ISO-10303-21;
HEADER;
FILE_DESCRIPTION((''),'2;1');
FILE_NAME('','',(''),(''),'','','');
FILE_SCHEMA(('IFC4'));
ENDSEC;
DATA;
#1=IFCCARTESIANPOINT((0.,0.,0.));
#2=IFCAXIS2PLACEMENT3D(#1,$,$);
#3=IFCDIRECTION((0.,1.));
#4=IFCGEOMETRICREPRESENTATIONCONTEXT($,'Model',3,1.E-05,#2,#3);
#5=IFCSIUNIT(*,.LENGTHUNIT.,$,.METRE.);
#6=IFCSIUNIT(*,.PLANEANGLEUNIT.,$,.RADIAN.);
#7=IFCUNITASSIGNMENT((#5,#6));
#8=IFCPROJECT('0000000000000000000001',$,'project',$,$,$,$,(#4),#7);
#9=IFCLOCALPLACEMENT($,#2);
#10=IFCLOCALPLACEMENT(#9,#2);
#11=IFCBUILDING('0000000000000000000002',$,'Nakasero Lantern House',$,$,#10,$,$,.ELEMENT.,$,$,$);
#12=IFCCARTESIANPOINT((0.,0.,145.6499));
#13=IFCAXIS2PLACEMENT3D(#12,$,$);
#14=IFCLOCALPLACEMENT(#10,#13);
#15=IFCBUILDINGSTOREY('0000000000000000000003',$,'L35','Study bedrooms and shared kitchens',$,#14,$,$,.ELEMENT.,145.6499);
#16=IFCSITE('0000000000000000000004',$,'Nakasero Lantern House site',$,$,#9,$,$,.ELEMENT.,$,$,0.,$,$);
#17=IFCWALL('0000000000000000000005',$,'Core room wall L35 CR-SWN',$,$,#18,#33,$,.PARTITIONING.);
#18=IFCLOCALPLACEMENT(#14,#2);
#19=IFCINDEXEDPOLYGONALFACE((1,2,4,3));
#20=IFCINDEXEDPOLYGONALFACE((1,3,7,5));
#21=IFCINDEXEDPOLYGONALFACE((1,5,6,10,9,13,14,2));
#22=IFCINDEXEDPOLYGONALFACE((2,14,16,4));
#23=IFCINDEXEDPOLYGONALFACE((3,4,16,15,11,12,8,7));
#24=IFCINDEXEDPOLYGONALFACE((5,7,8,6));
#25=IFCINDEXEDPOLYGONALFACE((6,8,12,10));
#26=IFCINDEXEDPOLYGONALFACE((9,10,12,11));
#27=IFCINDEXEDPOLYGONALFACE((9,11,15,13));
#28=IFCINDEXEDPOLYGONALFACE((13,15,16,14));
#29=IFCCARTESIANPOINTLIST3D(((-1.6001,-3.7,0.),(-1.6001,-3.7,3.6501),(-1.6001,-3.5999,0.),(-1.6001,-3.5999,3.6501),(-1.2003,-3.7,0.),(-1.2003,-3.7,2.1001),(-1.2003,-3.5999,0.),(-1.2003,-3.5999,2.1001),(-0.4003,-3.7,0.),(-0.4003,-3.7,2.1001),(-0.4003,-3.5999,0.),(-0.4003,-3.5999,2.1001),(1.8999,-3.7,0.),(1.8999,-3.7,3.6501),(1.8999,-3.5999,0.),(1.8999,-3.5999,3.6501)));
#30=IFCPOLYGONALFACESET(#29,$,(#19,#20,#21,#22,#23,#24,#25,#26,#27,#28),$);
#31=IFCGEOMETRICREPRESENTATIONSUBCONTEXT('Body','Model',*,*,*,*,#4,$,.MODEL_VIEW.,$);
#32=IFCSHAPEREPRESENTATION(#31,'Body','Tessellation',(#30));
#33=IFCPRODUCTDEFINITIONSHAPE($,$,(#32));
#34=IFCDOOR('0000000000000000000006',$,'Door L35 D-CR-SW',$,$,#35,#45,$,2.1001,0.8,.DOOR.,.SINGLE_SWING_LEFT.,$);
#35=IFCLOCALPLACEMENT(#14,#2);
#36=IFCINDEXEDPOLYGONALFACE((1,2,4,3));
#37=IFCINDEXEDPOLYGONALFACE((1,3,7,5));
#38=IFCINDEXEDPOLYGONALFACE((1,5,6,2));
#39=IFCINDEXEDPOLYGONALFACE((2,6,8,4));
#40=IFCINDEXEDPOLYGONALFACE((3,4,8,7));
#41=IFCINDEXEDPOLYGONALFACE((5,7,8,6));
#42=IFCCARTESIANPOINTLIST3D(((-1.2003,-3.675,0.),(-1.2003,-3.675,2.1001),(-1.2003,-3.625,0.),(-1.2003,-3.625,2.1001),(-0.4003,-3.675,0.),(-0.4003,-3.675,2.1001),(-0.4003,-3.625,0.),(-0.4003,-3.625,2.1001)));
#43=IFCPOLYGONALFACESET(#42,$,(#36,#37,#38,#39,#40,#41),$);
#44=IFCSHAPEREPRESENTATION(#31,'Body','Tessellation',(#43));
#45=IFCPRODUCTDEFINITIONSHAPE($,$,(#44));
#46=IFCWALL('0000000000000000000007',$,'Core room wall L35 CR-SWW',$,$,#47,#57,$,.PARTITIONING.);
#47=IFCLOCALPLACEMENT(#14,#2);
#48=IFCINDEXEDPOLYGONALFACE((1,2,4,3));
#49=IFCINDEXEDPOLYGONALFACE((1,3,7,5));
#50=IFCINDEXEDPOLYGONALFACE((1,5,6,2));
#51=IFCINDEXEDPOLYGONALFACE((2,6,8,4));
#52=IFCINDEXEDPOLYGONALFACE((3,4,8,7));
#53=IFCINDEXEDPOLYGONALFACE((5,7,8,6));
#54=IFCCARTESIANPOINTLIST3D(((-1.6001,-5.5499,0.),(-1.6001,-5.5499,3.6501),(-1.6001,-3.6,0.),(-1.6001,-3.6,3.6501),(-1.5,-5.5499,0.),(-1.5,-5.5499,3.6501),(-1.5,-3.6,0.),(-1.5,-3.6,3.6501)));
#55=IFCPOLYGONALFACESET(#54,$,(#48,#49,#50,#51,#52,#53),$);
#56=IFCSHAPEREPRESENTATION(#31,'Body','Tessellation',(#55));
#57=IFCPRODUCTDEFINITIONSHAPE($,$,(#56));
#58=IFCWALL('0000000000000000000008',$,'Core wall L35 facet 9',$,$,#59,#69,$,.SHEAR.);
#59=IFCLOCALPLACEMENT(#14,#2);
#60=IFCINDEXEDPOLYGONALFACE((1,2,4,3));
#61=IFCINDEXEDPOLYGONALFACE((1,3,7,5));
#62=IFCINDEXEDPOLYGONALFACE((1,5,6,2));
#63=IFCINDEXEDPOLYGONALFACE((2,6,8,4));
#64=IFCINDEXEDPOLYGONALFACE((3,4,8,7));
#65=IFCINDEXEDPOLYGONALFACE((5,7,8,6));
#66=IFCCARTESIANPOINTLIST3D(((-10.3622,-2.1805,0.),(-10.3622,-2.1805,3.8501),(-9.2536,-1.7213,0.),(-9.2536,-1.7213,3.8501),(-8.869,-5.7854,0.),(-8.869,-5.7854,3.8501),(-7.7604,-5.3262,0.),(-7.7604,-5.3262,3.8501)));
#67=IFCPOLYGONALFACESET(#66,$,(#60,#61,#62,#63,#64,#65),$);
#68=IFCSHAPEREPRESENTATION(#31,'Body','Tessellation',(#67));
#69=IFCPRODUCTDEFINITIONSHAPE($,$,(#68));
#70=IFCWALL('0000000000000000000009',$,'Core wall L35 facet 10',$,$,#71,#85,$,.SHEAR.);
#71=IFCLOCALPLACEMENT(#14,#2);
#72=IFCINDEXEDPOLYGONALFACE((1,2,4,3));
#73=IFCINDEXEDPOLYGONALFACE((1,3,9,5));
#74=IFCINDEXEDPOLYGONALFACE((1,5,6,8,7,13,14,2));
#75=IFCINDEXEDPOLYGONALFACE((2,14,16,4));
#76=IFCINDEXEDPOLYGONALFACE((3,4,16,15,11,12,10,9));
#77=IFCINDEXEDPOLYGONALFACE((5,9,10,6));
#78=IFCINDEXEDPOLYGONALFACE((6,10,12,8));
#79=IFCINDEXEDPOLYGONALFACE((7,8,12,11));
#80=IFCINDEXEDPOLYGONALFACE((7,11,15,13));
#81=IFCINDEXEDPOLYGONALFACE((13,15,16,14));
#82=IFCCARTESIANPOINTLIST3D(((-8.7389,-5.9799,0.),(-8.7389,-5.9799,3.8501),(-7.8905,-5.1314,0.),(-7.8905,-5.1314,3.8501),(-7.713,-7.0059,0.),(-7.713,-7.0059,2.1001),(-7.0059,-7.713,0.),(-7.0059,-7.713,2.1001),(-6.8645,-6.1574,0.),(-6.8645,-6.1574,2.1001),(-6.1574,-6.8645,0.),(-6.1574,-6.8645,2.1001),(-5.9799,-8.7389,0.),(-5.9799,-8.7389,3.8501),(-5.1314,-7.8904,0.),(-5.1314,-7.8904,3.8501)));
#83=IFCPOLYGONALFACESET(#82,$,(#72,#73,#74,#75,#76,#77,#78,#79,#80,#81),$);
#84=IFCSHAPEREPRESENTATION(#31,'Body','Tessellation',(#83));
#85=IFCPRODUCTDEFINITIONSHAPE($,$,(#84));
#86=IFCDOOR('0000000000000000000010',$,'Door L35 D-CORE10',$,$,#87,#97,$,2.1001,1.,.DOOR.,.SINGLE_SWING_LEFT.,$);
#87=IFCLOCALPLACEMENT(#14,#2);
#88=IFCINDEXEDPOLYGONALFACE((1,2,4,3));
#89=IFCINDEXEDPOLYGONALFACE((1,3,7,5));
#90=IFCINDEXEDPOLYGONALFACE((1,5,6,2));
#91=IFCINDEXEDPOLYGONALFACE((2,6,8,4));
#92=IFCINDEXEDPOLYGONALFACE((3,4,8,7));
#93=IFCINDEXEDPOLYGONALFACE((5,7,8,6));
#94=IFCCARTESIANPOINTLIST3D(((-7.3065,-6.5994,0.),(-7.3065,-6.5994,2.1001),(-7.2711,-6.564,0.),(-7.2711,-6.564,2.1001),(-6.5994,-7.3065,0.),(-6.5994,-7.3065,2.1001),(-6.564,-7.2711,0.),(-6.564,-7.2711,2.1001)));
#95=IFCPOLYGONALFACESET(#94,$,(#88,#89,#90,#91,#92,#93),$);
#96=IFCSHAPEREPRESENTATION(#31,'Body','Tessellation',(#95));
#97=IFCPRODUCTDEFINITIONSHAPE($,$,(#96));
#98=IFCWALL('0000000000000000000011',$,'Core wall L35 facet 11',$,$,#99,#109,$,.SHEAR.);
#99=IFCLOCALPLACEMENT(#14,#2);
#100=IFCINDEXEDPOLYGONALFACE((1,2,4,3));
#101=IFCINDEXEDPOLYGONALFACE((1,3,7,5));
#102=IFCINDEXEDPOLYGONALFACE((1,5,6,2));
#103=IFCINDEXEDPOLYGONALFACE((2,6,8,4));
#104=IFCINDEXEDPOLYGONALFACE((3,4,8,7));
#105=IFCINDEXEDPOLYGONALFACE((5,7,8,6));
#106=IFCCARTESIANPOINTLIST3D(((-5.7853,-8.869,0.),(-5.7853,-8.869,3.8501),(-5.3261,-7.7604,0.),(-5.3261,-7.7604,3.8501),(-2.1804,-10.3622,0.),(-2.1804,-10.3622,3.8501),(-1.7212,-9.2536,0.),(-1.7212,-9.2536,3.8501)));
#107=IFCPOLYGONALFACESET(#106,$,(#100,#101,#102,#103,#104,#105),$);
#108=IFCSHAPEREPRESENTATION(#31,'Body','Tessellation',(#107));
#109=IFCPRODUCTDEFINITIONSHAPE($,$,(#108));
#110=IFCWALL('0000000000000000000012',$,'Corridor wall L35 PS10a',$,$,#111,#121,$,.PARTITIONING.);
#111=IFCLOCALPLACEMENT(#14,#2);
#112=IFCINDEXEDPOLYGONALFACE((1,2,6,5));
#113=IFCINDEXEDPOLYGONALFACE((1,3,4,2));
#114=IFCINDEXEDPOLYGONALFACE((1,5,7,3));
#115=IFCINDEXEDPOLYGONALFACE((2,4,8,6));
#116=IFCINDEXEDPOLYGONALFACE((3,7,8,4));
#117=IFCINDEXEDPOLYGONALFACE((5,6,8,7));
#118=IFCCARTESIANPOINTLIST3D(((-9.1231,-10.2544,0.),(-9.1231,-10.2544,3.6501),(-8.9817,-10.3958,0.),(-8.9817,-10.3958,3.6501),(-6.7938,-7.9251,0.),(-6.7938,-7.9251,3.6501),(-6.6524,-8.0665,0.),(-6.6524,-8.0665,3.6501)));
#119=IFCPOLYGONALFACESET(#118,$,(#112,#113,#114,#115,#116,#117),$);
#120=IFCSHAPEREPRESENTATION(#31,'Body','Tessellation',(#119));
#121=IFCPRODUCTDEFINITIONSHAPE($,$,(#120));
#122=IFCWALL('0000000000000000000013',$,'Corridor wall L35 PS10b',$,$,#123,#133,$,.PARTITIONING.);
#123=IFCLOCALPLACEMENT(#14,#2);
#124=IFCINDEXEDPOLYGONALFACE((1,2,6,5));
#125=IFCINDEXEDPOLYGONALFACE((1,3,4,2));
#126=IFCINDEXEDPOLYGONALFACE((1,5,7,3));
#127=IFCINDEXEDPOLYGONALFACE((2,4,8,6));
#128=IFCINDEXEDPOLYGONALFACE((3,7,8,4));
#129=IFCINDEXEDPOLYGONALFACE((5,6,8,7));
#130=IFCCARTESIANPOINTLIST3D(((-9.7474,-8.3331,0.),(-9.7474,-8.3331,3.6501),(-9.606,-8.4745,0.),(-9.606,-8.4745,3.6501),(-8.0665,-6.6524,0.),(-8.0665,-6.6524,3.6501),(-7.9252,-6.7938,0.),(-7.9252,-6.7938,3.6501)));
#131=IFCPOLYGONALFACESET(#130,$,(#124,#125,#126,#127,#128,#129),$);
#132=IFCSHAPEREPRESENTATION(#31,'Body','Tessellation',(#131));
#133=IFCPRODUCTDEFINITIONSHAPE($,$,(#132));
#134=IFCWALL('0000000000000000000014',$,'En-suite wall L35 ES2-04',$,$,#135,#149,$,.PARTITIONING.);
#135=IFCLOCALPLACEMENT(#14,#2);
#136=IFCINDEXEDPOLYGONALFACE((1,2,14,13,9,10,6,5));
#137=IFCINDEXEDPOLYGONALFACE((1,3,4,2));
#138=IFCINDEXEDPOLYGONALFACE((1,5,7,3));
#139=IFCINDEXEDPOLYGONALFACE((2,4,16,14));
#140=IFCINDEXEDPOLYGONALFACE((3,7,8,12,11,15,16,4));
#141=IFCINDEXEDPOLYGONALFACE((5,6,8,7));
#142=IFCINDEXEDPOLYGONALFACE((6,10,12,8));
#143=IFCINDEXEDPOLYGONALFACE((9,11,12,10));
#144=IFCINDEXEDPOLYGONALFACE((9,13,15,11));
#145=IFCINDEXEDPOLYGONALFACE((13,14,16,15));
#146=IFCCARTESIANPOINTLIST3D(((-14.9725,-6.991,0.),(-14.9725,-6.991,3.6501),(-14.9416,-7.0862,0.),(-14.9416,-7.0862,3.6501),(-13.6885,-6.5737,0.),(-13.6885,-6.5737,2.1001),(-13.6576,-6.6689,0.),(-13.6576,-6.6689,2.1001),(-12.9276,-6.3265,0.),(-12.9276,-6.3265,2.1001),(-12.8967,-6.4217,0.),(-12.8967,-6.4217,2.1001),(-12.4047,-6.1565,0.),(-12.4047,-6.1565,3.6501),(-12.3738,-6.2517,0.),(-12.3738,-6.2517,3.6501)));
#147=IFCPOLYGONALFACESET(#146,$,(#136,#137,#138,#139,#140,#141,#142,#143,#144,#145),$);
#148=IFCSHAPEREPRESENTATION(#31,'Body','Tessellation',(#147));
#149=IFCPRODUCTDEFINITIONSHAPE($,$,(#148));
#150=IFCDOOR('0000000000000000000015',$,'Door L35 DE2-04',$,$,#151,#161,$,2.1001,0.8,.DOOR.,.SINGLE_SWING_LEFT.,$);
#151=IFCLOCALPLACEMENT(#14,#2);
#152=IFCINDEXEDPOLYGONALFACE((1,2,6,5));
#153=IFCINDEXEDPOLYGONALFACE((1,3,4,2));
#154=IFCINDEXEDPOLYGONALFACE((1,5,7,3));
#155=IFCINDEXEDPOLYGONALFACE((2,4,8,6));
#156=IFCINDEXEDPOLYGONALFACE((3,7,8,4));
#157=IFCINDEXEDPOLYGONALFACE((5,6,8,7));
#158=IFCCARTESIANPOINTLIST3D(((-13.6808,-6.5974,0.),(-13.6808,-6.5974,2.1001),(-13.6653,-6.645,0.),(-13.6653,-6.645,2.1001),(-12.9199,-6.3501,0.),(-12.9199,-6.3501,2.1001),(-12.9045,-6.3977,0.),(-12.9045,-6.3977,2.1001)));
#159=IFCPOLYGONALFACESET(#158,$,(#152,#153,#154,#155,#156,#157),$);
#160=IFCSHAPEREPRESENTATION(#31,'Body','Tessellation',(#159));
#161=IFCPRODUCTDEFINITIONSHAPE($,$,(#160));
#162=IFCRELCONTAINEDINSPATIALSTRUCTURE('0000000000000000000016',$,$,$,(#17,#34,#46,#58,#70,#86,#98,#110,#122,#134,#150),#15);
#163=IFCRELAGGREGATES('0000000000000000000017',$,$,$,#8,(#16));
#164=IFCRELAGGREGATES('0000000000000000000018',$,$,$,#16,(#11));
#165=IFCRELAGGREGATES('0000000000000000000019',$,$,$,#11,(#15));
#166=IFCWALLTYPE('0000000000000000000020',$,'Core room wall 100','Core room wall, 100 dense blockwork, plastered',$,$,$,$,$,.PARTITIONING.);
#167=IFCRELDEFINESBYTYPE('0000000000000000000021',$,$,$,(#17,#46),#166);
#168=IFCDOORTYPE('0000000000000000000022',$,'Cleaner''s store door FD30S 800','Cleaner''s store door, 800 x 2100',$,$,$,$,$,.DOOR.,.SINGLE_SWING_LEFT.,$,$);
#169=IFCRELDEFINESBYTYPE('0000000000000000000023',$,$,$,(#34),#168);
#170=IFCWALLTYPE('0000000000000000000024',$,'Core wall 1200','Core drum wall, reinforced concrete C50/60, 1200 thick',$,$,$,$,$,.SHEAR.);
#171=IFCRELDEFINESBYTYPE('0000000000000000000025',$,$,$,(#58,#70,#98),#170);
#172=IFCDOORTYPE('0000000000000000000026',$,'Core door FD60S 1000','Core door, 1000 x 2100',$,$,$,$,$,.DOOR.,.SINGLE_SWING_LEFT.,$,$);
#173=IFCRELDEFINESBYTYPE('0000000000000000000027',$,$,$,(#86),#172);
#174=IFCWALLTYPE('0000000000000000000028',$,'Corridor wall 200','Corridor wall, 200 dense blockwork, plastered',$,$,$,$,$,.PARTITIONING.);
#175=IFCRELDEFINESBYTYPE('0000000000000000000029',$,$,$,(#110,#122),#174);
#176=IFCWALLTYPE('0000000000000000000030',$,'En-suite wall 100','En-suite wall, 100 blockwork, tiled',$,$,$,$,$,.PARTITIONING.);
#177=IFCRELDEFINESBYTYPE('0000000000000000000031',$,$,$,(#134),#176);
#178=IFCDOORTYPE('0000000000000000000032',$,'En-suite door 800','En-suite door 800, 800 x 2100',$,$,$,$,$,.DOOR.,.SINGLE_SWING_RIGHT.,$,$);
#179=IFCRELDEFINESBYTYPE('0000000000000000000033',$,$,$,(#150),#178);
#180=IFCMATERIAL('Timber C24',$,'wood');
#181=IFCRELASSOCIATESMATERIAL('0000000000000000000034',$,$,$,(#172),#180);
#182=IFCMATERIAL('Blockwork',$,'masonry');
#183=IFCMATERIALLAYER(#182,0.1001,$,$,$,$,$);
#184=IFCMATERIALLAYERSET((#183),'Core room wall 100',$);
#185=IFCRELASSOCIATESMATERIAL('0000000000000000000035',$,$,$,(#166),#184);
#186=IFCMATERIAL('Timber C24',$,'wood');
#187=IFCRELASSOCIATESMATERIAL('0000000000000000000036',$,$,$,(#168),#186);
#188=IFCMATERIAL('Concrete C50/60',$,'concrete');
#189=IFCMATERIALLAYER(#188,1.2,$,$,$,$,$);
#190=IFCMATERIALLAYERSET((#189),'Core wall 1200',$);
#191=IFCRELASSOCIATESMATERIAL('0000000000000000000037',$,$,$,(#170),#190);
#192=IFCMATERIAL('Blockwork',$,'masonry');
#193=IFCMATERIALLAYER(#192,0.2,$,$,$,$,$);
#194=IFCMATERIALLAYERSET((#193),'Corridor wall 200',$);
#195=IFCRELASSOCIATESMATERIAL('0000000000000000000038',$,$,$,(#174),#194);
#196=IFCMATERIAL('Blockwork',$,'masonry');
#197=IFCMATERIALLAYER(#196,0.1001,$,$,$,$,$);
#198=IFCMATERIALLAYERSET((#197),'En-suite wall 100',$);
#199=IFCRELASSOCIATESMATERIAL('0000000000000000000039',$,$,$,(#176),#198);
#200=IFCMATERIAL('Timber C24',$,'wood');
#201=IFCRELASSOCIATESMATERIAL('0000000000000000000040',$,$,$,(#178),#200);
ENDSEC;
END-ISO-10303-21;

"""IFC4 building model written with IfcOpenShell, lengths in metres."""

from ifc_helpers import new_model, si_unit, direction, frame, frame_2d, origin, place, context, subcontext, project, spatial, rectangle, extrude, material, layer, layer_set, type_object, element, fill, save


model = new_model("IFC4")

# Units and contexts
model_context = context("Model", 3, precision=1e-05, world=origin(), true_north=direction((0.0, 1.0)))
body_context = subcontext(model_context, "Body", "Model", "MODEL_VIEW")
ifc_project = project(units=[si_unit("LENGTHUNIT", "METRE"), si_unit("PLANEANGLEUNIT", "RADIAN")], contexts=[model_context])

# Site, building, storey
site_placement = place(None, origin())
site = spatial("IfcSite", under=ifc_project, at=site_placement, Name="Nakasero Lantern House site", CompositionType="ELEMENT", RefElevation=0.0)
building_placement = place(site_placement, origin())
building = spatial("IfcBuilding", under=site, at=building_placement, Name="Nakasero Lantern House", CompositionType="ELEMENT")
storey_placement = place(building_placement, frame((0.0, 0.0, 145.6499)))
storey = spatial("IfcBuildingStorey", under=building, at=storey_placement, Name="L35", Description="Study bedrooms and shared kitchens", CompositionType="ELEMENT", Elevation=145.6499)

# Shared definitions
ifc_material_1 = material(Name="Timber C24", Category="wood")
door_type_1 = type_object("IfcDoorType", Name="Core door FD60S 1000", Description="Core door, 1000 x 2100", OperationType="SINGLE_SWING_LEFT", PredefinedType="DOOR", material=ifc_material_1)

# Wall, opening, door
ifc_material_2 = material(Name="Blockwork", Category="masonry")
ifc_layer_1 = layer(ifc_material_2, 0.1001)
ifc_layer_set_1 = layer_set([ifc_layer_1], Name="Core room wall 100")
wall_type_1 = type_object("IfcWallType", Name="Core room wall 100", Description="Core room wall, 100 dense blockwork, plastered", PredefinedType="PARTITIONING", material=ifc_layer_set_1)
wall_1_placement = place(storey_placement, frame((-1.6001, -3.6499, 0.0), z_axis=(0.0, 0.0, 1.0), x_axis=(1.0, 0.0, 0.0)))
wall_1 = element("IfcWall", 1, at=wall_1_placement, inside=storey, type_object=wall_type_1, Name="Core room wall L35 CR-SWN", PredefinedType="PARTITIONING", context=body_context, shape_type="SweptSolid", body=[
    extrude(rectangle(XDim=3.5, YDim=0.1001, at=frame_2d((1.75, 0.0))), origin(), (0.0, 0.0, 1.0), 3.6501),
])
opening_1_placement = place(wall_1_placement, frame((0.3999, 0.0, 0.0)))
opening_1 = element("IfcOpeningElement", 2, at=opening_1_placement, cuts=wall_1, PredefinedType="OPENING", context=body_context, shape_type="SweptSolid", body=[
    extrude(rectangle(XDim=0.8, YDim=2.1001, at=frame_2d((0.3999, 1.05))), frame((0.0, 0.0701, 0.0), z_axis=(0.0, -1.0, 0.0), x_axis=(1.0, 0.0, 0.0)), (0.0, 0.0, 1.0), 0.1401),
])
ifc_material_3 = material(Name="Timber C24", Category="wood")
door_type_2 = type_object("IfcDoorType", Name="Cleaner's store door FD30S 800", Description="Cleaner's store door, 800 x 2100", OperationType="SINGLE_SWING_LEFT", PredefinedType="DOOR", material=ifc_material_3)
door_1_placement = place(opening_1_placement, origin())
door_1 = element("IfcDoor", 3, at=door_1_placement, inside=storey, type_object=door_type_2, Name="Door L35 D-CR-SW", OperationType="SINGLE_SWING_LEFT", OverallHeight=2.1001, OverallWidth=0.8, PredefinedType="DOOR", context=body_context, shape_type="SweptSolid", body=[
    extrude(rectangle(XDim=0.8, YDim=2.1001, at=frame_2d((0.3999, 1.05))), frame((0.0, 0.0249, 0.0), z_axis=(0.0, -1.0, 0.0), x_axis=(1.0, 0.0, 0.0)), (0.0, 0.0, 1.0), 0.05),
])
fill(opening_1, door_1)

# Walls
wall_2_placement = place(storey_placement, frame((-1.55, -5.55, 0.0), z_axis=(0.0, 0.0, 1.0), x_axis=(0.0, 1.0, 0.0)))
element("IfcWall", 4, at=wall_2_placement, inside=storey, type_object=wall_type_1, Name="Core room wall L35 CR-SWW", PredefinedType="PARTITIONING", context=body_context, shape_type="SweptSolid", body=[
    extrude(rectangle(XDim=1.95, YDim=0.1001, at=frame_2d((0.9751, 0.0))), origin(), (0.0, 0.0, 1.0), 3.6501),
])
ifc_material_4 = material(Name="Concrete C50/60", Category="concrete")
ifc_layer_2 = layer(ifc_material_4, 1.2)
ifc_layer_set_2 = layer_set([ifc_layer_2], Name="Core wall 1200")
wall_type_2 = type_object("IfcWallType", Name="Core wall 1200", Description="Core drum wall, reinforced concrete C50/60, 1200 thick", PredefinedType="SHEAR", material=ifc_layer_set_2)
wall_3_placement = place(storey_placement, frame((-9.8079, -1.9509, 0.0), z_axis=(0.0, 0.0, 1.0), x_axis=(0.382691, -0.923877, 0.0)))
element("IfcWall", 5, at=wall_3_placement, inside=storey, type_object=wall_type_2, Name="Core wall L35 facet 9", PredefinedType="SHEAR", context=body_context, shape_type="SweptSolid", body=[
    extrude(rectangle(XDim=3.9019, YDim=1.2, at=frame_2d((1.9509, 0.0))), origin(), (0.0, 0.0, 1.0), 3.8501),
])

# Wall, opening, door
wall_4_placement = place(storey_placement, frame((-8.3147, -5.5557, 0.0), z_axis=(0.0, 0.0, 1.0), x_axis=(0.707107, -0.707107, 0.0)))
wall_4 = element("IfcWall", 6, at=wall_4_placement, inside=storey, type_object=wall_type_2, Name="Core wall L35 facet 10", PredefinedType="SHEAR", context=body_context, shape_type="SweptSolid", body=[
    extrude(rectangle(XDim=3.9019, YDim=1.2, at=frame_2d((1.9509, 0.0))), origin(), (0.0, 0.0, 1.0), 3.8501),
])
opening_2_placement = place(wall_4_placement, frame((1.4509, 0.0, 0.0)))
opening_2 = element("IfcOpeningElement", 7, at=opening_2_placement, cuts=wall_4, PredefinedType="OPENING", context=body_context, shape_type="SweptSolid", body=[
    extrude(rectangle(XDim=1.0, YDim=2.1001, at=frame_2d((0.5, 1.05))), frame((0.0, 0.6199, 0.0), z_axis=(0.0, -1.0, 0.0), x_axis=(1.0, 0.0, 0.0)), (0.0, 0.0, 1.0), 1.24),
])
door_2_placement = place(opening_2_placement, origin())
door_2 = element("IfcDoor", 8, at=door_2_placement, inside=storey, type_object=door_type_1, Name="Door L35 D-CORE10", OperationType="SINGLE_SWING_LEFT", OverallHeight=2.1001, OverallWidth=1.0, PredefinedType="DOOR", context=body_context, shape_type="SweptSolid", body=[
    extrude(rectangle(XDim=1.0, YDim=2.1001, at=frame_2d((0.5, 1.05))), frame((0.0, 0.0249, 0.0), z_axis=(0.0, -1.0, 0.0), x_axis=(1.0, 0.0, 0.0)), (0.0, 0.0, 1.0), 0.05),
])
fill(opening_2, door_2)

# Walls
wall_5_placement = place(storey_placement, frame((-5.5557, -8.3147, 0.0), z_axis=(0.0, 0.0, 1.0), x_axis=(0.923877, -0.382691, 0.0)))
element("IfcWall", 9, at=wall_5_placement, inside=storey, type_object=wall_type_2, Name="Core wall L35 facet 11", PredefinedType="SHEAR", context=body_context, shape_type="SweptSolid", body=[
    extrude(rectangle(XDim=3.9019, YDim=1.2, at=frame_2d((1.9509, 0.0))), origin(), (0.0, 0.0, 1.0), 3.8501),
])
ifc_material_5 = material(Name="Blockwork", Category="masonry")
ifc_layer_3 = layer(ifc_material_5, 0.2)
ifc_layer_set_3 = layer_set([ifc_layer_3], Name="Corridor wall 200")
wall_type_3 = type_object("IfcWallType", Name="Corridor wall 200", Description="Corridor wall, 200 dense blockwork, plastered", PredefinedType="PARTITIONING", material=ifc_layer_set_3)
wall_6_placement = place(storey_placement, frame((-6.7231, -7.9958, 0.0), z_axis=(0.0, 0.0, 1.0), x_axis=(-0.707107, -0.707107, 0.0)))
element("IfcWall", 10, at=wall_6_placement, inside=storey, type_object=wall_type_3, Name="Corridor wall L35 PS10a", PredefinedType="PARTITIONING", context=body_context, shape_type="SweptSolid", body=[
    extrude(rectangle(XDim=3.2942, YDim=0.2, at=frame_2d((1.647, 0.0))), origin(), (0.0, 0.0, 1.0), 3.6501),
])
wall_7_placement = place(storey_placement, frame((-7.9958, -6.7231, 0.0), z_axis=(0.0, 0.0, 1.0), x_axis=(-0.707158, -0.707055, 0.0)))
element("IfcWall", 11, at=wall_7_placement, inside=storey, type_object=wall_type_3, Name="Corridor wall L35 PS10b", PredefinedType="PARTITIONING", context=body_context, shape_type="SweptSolid", body=[
    extrude(rectangle(XDim=2.377, YDim=0.2, at=frame_2d((1.1885, 0.0))), origin(), (0.0, 0.0, 1.0), 3.6501),
])

# Wall, opening, door
ifc_material_6 = material(Name="Blockwork", Category="masonry")
ifc_layer_4 = layer(ifc_material_6, 0.1001)
ifc_layer_set_4 = layer_set([ifc_layer_4], Name="En-suite wall 100")
wall_type_4 = type_object("IfcWallType", Name="En-suite wall 100", Description="En-suite wall, 100 blockwork, tiled", PredefinedType="PARTITIONING", material=ifc_layer_set_4)
wall_8_placement = place(storey_placement, frame((-12.3892, -6.2041, 0.0), z_axis=(0.0, 0.0, 1.0), x_axis=(-0.951043, -0.309057, 0.0)))
wall_8 = element("IfcWall", 12, at=wall_8_placement, inside=storey, type_object=wall_type_4, Name="En-suite wall L35 ES2-04", PredefinedType="PARTITIONING", context=body_context, shape_type="SweptSolid", body=[
    extrude(rectangle(XDim=2.7, YDim=0.1001, at=frame_2d((1.3501, 0.0))), origin(), (0.0, 0.0, 1.0), 3.6501),
])
opening_3_placement = place(wall_8_placement, frame((0.55, 0.0, 0.0)))
opening_3 = element("IfcOpeningElement", 13, at=opening_3_placement, cuts=wall_8, PredefinedType="OPENING", context=body_context, shape_type="SweptSolid", body=[
    extrude(rectangle(XDim=0.8, YDim=2.1001, at=frame_2d((0.3999, 1.05))), frame((0.0, 0.0701, 0.0), z_axis=(0.0, -1.0, 0.0), x_axis=(1.0, 0.0, 0.0)), (0.0, 0.0, 1.0), 0.1401),
])
ifc_material_7 = material(Name="Timber C24", Category="wood")
door_type_3 = type_object("IfcDoorType", Name="En-suite door 800", Description="En-suite door 800, 800 x 2100", OperationType="SINGLE_SWING_RIGHT", PredefinedType="DOOR", material=ifc_material_7)
door_3_placement = place(opening_3_placement, origin())
door_3 = element("IfcDoor", 14, at=door_3_placement, inside=storey, type_object=door_type_3, Name="Door L35 DE2-04", OperationType="SINGLE_SWING_LEFT", OverallHeight=2.1001, OverallWidth=0.8, PredefinedType="DOOR", context=body_context, shape_type="SweptSolid", body=[
    extrude(rectangle(XDim=0.8, YDim=2.1001, at=frame_2d((0.3999, 1.05))), frame((0.0, 0.0249, 0.0), z_axis=(0.0, -1.0, 0.0), x_axis=(1.0, 0.0, 0.0)), (0.0, 0.0, 1.0), 0.05),
])
fill(opening_3, door_3)

save(model, "model.ifc")
